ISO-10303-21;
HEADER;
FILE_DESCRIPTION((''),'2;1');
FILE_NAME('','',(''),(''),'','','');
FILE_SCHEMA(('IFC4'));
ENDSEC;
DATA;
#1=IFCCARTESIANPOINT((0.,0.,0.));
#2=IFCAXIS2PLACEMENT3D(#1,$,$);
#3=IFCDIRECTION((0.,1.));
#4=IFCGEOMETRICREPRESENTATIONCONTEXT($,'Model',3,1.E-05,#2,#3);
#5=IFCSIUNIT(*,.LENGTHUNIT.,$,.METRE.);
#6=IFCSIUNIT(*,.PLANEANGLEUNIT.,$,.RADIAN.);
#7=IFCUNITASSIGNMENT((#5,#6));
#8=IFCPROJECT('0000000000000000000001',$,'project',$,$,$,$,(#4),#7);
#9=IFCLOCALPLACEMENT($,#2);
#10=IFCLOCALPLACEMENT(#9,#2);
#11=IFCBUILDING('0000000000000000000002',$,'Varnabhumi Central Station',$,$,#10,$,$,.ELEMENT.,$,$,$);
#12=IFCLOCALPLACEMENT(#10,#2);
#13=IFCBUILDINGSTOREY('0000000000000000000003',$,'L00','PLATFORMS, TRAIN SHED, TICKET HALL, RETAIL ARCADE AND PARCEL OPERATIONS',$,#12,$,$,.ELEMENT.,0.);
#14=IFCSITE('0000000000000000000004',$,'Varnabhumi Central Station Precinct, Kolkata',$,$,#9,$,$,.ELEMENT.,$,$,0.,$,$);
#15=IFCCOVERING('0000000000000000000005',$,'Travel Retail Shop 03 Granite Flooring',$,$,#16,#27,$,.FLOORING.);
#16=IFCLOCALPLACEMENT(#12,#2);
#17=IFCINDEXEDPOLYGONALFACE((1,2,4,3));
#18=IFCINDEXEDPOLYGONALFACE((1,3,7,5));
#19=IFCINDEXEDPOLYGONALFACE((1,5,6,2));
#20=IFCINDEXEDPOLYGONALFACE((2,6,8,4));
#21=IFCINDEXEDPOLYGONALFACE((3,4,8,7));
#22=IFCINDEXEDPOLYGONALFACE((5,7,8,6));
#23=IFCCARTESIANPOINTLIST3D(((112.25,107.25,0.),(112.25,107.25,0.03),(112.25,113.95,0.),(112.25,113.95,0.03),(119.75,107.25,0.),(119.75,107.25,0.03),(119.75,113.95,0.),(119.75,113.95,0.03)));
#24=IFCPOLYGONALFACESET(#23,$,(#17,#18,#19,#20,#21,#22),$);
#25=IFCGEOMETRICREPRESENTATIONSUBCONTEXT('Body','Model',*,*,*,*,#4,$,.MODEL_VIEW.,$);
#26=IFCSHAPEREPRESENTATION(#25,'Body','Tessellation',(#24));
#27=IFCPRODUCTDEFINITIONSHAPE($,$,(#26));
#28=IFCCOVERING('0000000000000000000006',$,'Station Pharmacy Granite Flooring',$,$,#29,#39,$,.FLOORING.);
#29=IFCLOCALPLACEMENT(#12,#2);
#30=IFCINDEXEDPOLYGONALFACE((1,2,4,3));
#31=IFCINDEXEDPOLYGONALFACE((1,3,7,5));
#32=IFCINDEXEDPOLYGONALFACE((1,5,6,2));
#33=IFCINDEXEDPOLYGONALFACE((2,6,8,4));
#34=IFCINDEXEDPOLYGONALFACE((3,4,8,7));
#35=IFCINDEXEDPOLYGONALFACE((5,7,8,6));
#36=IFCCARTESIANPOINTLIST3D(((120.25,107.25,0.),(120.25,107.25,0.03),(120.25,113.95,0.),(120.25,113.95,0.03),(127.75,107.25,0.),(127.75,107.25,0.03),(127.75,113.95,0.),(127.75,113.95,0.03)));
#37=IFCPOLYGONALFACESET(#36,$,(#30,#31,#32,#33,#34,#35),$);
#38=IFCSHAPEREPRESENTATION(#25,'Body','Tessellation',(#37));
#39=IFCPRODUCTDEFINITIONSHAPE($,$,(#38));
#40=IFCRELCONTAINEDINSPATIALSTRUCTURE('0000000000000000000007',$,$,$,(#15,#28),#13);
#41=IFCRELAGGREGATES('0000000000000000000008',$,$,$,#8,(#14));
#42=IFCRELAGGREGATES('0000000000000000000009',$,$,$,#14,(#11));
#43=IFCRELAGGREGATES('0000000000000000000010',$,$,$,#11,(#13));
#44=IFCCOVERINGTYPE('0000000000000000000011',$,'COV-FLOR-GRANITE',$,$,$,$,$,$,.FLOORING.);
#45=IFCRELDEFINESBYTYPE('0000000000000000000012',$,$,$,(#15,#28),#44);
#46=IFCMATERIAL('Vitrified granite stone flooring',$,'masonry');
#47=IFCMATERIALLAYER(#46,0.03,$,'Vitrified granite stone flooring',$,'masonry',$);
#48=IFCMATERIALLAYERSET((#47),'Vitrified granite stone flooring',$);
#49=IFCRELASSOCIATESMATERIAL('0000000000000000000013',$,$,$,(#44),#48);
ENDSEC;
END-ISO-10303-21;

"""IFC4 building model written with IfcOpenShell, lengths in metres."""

from ifc_helpers import new_model, si_unit, direction, origin, place, context, subcontext, project, spatial, polyline, outline, extrude, material, layer, layer_set, type_object, element, save


model = new_model("IFC4")

# Units and contexts
model_context = context("Model", 3, precision=1e-05, world=origin(), true_north=direction((0.0, 1.0)))
body_context = subcontext(model_context, "Body", "Model", "MODEL_VIEW")
ifc_project = project(units=[si_unit("LENGTHUNIT", "METRE"), si_unit("PLANEANGLEUNIT", "RADIAN")], contexts=[model_context])

# Site, building, storey
site_placement = place(None, origin())
site = spatial("IfcSite", under=ifc_project, at=site_placement, Name="Varnabhumi Central Station Precinct, Kolkata", CompositionType="ELEMENT", RefElevation=0.0)
building_placement = place(site_placement, origin())
building = spatial("IfcBuilding", under=site, at=building_placement, Name="Varnabhumi Central Station", CompositionType="ELEMENT")
storey_placement = place(building_placement, origin())
storey = spatial("IfcBuildingStorey", under=building, at=storey_placement, Name="L00", Description="PLATFORMS, TRAIN SHED, TICKET HALL, RETAIL ARCADE AND PARCEL OPERATIONS", CompositionType="ELEMENT", Elevation=0.0)

# Coverings
ifc_material_1 = material(Name="Vitrified granite stone flooring", Category="masonry")
ifc_layer_1 = layer(ifc_material_1, 0.03, Name="Vitrified granite stone flooring", Category="masonry")
ifc_layer_set_1 = layer_set([ifc_layer_1], Name="Vitrified granite stone flooring")
covering_type_1 = type_object("IfcCoveringType", Name="COV-FLOR-GRANITE", PredefinedType="FLOORING", material=ifc_layer_set_1)
covering_1_placement = place(storey_placement, origin())
element("IfcCovering", 1, at=covering_1_placement, inside=storey, type_object=covering_type_1, Name="Travel Retail Shop 03 Granite Flooring", PredefinedType="FLOORING", context=body_context, shape_type="SweptSolid", body=[
    extrude(outline(polyline([(112.25, 107.25), (119.75, 107.25), (119.75, 113.95), (112.25, 113.95), (112.25, 107.25)])), origin(), (0.0, 0.0, 1.0), 0.03),
])
covering_2_placement = place(storey_placement, origin())
element("IfcCovering", 2, at=covering_2_placement, inside=storey, type_object=covering_type_1, Name="Station Pharmacy Granite Flooring", PredefinedType="FLOORING", context=body_context, shape_type="SweptSolid", body=[
    extrude(outline(polyline([(120.25, 107.25), (127.75, 107.25), (127.75, 113.95), (120.25, 113.95), (120.25, 107.25)])), origin(), (0.0, 0.0, 1.0), 0.03),
])

save(model, "model.ifc")
